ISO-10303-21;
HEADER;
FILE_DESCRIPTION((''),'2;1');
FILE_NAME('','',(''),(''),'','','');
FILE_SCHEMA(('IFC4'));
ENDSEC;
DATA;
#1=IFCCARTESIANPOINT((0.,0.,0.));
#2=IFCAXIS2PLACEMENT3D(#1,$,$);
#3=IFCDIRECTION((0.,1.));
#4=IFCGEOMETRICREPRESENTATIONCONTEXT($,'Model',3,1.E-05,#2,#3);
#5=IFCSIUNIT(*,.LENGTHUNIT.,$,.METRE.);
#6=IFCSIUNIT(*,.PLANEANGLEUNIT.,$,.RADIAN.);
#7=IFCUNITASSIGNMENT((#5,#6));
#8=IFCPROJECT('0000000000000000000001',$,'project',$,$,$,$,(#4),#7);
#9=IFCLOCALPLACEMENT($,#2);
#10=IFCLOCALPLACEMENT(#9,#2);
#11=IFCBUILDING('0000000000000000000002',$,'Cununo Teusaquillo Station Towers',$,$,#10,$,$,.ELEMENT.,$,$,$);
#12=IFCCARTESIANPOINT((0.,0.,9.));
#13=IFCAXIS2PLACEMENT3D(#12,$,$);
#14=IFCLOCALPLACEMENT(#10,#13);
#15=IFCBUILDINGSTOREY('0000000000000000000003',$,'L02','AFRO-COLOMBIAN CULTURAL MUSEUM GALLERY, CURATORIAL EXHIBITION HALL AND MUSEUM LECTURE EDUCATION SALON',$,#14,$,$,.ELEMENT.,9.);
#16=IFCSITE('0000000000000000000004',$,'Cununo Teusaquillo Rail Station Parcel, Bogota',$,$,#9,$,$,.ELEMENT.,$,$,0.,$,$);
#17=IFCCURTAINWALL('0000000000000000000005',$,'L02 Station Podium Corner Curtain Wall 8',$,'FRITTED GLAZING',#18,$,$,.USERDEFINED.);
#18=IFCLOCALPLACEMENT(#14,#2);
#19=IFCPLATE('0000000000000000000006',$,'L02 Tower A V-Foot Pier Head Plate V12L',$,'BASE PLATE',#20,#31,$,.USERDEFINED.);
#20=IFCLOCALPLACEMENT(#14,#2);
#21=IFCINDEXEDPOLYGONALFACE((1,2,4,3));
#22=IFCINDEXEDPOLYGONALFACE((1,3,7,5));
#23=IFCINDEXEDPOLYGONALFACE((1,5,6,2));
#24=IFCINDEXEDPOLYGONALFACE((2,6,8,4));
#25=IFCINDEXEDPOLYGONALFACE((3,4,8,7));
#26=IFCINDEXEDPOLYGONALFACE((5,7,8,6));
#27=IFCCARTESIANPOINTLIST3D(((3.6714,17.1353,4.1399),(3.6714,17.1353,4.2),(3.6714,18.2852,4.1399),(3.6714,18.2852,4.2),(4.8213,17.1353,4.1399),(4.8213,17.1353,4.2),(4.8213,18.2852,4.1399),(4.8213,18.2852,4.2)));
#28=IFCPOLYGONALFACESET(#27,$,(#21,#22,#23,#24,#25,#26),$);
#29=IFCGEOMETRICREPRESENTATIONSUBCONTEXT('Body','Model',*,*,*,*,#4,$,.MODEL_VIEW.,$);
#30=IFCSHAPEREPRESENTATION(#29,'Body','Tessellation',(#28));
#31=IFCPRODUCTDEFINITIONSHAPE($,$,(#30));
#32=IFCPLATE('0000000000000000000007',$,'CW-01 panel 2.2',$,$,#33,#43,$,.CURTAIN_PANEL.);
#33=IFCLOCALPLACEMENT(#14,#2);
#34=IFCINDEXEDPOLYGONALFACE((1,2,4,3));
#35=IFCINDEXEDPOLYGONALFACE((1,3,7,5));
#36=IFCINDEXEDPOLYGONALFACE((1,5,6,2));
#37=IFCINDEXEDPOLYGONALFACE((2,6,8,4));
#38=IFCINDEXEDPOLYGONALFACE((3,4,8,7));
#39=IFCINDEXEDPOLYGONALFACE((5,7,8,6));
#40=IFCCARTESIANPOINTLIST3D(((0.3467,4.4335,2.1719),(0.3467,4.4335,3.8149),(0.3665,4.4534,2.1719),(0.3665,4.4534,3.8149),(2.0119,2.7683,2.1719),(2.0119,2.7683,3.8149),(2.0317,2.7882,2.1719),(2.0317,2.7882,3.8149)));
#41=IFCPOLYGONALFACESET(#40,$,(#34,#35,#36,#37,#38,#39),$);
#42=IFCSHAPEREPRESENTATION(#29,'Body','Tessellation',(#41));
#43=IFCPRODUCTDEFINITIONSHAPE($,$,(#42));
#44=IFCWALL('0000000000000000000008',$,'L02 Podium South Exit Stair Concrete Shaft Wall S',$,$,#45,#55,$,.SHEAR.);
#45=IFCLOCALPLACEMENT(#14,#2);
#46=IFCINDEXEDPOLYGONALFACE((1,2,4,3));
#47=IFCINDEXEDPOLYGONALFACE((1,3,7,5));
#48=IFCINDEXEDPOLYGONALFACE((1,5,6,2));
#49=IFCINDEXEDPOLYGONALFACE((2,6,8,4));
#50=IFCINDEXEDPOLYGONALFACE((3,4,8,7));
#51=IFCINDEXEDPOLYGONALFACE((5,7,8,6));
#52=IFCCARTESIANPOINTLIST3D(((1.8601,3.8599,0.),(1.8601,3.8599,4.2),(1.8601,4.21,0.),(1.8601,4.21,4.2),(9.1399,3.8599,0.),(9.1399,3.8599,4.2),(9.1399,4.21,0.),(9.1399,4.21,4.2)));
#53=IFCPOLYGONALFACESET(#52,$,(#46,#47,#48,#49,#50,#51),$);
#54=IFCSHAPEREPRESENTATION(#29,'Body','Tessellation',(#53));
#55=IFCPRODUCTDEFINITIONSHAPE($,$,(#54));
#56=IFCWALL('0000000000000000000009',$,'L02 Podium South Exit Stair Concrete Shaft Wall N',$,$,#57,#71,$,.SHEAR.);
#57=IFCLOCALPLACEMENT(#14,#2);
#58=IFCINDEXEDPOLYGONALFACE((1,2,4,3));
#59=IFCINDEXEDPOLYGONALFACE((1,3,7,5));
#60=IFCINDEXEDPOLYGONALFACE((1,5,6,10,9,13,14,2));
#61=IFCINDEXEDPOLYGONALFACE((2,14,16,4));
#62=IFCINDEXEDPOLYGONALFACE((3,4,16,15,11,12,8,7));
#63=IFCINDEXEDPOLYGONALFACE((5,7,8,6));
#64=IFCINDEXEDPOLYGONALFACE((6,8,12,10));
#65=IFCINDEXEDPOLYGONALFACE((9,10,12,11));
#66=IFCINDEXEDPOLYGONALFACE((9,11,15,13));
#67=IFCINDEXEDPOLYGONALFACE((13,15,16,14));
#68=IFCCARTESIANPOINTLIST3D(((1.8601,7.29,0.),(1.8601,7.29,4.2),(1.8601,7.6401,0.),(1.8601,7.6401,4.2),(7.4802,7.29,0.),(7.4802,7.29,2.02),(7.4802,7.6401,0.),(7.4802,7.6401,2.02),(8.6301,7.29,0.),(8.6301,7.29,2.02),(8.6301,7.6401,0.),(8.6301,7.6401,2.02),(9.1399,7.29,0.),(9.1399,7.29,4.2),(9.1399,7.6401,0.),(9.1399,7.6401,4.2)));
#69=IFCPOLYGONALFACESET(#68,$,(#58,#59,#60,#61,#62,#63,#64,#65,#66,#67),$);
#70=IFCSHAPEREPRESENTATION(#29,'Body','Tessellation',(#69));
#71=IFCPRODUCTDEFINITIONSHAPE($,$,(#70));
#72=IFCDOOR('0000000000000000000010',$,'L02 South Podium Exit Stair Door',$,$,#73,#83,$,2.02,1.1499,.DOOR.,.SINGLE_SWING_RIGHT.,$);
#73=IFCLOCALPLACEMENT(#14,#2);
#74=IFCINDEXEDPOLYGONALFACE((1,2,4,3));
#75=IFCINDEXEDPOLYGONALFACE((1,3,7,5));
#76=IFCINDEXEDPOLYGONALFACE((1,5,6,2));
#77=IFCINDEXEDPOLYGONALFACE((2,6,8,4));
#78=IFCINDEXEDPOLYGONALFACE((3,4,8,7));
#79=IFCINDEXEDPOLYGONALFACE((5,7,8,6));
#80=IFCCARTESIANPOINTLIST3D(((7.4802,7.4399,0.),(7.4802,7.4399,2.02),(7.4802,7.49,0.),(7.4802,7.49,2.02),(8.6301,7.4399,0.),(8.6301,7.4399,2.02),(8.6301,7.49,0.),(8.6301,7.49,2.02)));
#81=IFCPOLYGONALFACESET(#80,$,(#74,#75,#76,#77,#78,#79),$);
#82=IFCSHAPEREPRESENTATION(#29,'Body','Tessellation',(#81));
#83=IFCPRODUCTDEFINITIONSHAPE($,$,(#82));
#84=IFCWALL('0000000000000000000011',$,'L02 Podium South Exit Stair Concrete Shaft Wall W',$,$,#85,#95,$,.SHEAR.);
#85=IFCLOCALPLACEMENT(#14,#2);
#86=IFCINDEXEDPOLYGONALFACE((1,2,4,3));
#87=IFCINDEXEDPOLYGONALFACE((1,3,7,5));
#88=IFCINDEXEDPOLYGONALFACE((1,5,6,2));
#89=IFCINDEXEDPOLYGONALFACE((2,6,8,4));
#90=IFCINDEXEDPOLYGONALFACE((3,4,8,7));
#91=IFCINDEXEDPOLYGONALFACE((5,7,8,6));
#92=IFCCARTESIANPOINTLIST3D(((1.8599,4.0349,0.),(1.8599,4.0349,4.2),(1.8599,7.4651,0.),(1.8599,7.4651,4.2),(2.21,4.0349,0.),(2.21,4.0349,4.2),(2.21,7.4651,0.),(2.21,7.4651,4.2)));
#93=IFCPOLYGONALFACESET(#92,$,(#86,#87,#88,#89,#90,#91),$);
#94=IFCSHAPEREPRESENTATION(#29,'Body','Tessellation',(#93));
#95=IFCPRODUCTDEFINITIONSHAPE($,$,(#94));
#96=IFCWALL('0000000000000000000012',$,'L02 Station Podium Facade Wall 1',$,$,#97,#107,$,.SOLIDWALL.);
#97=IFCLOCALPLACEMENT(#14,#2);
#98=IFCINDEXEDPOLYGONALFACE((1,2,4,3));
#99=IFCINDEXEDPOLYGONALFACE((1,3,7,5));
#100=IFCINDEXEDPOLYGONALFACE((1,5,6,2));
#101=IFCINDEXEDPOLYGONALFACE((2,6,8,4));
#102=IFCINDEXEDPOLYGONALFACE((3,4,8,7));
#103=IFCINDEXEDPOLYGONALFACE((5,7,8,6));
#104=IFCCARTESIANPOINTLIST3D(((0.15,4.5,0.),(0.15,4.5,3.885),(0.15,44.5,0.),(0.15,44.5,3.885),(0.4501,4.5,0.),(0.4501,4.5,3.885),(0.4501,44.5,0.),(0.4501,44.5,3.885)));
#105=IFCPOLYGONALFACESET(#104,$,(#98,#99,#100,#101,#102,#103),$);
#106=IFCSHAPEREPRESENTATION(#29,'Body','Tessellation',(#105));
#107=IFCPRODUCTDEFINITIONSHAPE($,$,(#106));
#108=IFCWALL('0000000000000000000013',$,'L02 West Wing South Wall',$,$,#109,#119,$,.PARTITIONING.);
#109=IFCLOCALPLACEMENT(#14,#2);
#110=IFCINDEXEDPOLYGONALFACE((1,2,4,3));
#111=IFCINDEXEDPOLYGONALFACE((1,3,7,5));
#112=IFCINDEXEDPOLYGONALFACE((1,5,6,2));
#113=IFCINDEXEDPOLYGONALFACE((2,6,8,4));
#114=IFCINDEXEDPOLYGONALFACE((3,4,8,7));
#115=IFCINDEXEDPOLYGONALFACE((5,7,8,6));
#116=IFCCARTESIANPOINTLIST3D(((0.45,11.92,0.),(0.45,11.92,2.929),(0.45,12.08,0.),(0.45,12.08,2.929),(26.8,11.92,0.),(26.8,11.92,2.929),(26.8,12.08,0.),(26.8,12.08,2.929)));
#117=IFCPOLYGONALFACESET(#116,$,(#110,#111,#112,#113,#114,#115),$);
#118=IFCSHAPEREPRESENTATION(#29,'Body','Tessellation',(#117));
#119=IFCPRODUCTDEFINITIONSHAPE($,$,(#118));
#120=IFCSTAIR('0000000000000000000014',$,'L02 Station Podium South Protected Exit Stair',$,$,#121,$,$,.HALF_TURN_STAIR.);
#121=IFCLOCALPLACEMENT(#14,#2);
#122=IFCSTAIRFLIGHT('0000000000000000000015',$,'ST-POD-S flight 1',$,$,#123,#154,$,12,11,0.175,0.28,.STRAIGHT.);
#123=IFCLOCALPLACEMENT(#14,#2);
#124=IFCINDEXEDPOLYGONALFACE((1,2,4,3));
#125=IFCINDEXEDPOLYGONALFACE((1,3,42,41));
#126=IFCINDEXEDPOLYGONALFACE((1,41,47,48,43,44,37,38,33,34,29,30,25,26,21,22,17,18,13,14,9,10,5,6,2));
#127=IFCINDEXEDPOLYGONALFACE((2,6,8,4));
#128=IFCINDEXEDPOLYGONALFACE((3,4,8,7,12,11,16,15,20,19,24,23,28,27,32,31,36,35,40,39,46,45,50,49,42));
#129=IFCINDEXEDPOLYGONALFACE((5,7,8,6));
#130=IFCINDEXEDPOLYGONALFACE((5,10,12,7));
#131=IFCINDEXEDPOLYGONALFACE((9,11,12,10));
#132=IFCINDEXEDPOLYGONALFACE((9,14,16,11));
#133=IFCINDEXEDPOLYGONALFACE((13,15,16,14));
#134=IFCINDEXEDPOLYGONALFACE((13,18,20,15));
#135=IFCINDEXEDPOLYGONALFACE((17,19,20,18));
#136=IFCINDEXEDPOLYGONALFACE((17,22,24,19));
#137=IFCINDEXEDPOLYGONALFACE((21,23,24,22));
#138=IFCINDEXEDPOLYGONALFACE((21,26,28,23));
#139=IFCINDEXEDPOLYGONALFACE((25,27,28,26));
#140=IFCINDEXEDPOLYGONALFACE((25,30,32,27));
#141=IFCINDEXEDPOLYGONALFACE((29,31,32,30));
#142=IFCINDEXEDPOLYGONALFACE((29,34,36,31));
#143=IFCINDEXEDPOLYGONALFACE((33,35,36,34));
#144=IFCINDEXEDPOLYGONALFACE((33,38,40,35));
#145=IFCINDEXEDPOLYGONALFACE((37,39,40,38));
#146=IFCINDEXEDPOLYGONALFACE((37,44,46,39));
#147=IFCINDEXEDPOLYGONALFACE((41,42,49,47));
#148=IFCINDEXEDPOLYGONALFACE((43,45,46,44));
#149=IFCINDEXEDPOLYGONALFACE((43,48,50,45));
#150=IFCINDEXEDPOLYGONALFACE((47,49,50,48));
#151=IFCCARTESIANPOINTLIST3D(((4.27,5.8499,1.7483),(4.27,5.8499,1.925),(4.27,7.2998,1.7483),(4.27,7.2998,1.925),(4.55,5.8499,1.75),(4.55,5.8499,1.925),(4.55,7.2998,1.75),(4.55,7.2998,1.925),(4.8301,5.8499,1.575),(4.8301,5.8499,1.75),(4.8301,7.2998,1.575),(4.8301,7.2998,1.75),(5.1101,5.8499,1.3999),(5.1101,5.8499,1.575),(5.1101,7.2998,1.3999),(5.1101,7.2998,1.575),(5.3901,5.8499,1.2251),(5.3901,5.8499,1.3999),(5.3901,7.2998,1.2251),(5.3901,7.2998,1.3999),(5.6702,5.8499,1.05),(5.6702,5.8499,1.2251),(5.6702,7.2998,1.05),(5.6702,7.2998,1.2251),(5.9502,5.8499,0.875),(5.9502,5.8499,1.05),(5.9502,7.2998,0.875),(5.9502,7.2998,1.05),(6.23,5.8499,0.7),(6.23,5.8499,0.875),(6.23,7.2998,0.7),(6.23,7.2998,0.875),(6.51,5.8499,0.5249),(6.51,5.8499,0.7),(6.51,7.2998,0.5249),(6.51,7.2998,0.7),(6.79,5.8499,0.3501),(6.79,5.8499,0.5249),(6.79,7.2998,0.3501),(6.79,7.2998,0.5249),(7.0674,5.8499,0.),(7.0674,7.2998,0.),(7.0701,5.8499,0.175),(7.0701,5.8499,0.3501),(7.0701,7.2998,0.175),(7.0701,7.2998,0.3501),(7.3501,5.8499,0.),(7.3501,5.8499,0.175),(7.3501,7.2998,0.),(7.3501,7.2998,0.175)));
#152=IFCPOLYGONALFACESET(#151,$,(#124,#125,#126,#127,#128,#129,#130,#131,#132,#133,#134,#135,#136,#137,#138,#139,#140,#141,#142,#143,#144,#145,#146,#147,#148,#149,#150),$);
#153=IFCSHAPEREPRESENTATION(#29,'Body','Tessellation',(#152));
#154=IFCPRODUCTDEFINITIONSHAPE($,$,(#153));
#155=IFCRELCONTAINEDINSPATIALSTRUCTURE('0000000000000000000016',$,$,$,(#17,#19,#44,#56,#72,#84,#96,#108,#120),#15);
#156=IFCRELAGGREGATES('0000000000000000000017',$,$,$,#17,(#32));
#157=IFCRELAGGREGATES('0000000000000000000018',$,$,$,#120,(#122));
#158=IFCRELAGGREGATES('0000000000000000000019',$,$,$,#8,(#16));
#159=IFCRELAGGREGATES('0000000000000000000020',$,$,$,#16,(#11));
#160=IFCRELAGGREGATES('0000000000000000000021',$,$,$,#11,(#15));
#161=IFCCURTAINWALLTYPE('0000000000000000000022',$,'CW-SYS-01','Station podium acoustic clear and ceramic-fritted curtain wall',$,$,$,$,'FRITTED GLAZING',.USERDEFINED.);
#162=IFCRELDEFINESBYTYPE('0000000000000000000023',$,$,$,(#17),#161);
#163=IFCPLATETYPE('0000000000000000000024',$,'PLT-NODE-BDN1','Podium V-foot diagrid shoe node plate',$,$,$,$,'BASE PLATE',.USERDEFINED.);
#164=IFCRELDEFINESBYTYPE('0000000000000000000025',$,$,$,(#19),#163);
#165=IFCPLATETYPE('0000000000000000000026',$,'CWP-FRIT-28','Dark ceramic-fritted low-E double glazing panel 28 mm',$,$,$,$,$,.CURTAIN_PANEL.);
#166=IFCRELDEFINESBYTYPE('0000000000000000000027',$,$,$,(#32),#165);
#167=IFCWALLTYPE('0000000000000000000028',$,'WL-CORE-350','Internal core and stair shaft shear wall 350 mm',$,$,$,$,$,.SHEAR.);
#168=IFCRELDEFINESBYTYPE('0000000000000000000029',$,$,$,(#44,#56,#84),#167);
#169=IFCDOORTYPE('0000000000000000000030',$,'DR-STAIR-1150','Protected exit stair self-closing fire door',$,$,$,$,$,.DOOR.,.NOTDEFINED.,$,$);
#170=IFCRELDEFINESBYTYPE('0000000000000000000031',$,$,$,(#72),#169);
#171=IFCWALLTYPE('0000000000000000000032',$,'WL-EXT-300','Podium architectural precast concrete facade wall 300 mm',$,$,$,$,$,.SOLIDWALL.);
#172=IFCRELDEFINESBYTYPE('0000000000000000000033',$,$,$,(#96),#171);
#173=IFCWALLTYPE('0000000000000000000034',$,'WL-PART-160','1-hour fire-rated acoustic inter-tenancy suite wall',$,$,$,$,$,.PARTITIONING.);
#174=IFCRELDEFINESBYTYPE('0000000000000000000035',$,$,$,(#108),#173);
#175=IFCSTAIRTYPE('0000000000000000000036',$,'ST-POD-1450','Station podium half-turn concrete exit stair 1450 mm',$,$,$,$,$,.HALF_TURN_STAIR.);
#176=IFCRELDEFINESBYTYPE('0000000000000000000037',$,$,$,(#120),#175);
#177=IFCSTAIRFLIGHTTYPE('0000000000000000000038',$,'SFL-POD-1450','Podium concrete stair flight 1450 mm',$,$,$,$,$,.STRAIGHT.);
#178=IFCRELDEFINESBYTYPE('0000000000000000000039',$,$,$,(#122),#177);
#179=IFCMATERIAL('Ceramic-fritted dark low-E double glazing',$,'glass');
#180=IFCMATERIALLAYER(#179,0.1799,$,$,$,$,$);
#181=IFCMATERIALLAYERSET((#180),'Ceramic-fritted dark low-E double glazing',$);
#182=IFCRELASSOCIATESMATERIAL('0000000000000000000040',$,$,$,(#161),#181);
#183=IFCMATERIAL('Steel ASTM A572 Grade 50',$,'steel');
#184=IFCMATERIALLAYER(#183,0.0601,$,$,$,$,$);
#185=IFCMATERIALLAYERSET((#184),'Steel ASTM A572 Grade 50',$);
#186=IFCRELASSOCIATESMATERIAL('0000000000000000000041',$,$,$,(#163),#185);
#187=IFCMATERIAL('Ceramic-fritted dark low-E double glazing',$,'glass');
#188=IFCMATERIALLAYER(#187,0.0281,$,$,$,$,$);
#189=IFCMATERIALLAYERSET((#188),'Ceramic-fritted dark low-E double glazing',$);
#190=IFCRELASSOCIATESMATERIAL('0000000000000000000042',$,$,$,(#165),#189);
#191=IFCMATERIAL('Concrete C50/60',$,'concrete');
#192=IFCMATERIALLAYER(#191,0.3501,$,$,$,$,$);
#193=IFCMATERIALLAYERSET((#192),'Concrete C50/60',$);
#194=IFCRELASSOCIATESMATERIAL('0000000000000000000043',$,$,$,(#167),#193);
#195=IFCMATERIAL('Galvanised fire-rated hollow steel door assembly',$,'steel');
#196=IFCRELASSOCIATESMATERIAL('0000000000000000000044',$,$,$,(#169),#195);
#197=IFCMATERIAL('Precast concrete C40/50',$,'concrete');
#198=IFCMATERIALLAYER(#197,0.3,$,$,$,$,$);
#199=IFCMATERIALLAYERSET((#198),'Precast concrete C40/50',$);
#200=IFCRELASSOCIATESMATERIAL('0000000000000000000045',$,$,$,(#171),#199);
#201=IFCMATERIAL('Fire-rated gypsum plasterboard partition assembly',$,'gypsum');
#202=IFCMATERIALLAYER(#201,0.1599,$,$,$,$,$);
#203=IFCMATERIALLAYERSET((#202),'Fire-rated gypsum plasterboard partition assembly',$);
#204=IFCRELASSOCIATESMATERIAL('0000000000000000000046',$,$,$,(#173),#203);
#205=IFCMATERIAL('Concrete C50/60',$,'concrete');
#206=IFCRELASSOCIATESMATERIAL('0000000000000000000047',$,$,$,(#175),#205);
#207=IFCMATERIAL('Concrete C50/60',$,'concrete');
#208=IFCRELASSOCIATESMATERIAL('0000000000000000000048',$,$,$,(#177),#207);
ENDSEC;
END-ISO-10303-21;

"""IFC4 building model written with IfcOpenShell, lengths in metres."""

from ifc_helpers import new_model, si_unit, direction, frame, frame_2d, origin, origin_2d, place, context, subcontext, project, spatial, polyline, rectangle, outline, extrude, source, transform, mapped, material, layer, layer_set, type_object, element, fill, aggregate, save


model = new_model("IFC4")

# Units and contexts
model_context = context("Model", 3, precision=1e-05, world=origin(), true_north=direction((0.0, 1.0)))
body_context = subcontext(model_context, "Body", "Model", "MODEL_VIEW")
ifc_project = project(units=[si_unit("LENGTHUNIT", "METRE"), si_unit("PLANEANGLEUNIT", "RADIAN")], contexts=[model_context])

# Site, building, storey
site_placement = place(None, origin())
site = spatial("IfcSite", under=ifc_project, at=site_placement, Name="Cununo Teusaquillo Rail Station Parcel, Bogota", CompositionType="ELEMENT", RefElevation=0.0)
building_placement = place(site_placement, origin())
building = spatial("IfcBuilding", under=site, at=building_placement, Name="Cununo Teusaquillo Station Towers", CompositionType="ELEMENT")
storey_placement = place(building_placement, frame((0.0, 0.0, 9.0)))
storey = spatial("IfcBuildingStorey", under=building, at=storey_placement, Name="L02", Description="AFRO-COLOMBIAN CULTURAL MUSEUM GALLERY, CURATORIAL EXHIBITION HALL AND MUSEUM LECTURE EDUCATION SALON", CompositionType="ELEMENT", Elevation=9.0)

# Curtain wall
ifc_material_1 = material(Name="Ceramic-fritted dark low-E double glazing", Category="glass")
ifc_layer_1 = layer(ifc_material_1, 0.1799)
ifc_layer_set_1 = layer_set([ifc_layer_1], Name="Ceramic-fritted dark low-E double glazing")
curtain_wall_type = type_object("IfcCurtainWallType", Name="CW-SYS-01", Description="Station podium acoustic clear and ceramic-fritted curtain wall", ElementType="FRITTED GLAZING", PredefinedType="USERDEFINED", material=ifc_layer_set_1)
curtain_wall_placement = place(storey_placement, origin())
curtain_wall = element("IfcCurtainWall", 1, at=curtain_wall_placement, inside=storey, type_object=curtain_wall_type, Name="L02 Station Podium Corner Curtain Wall 8", ObjectType="FRITTED GLAZING", PredefinedType="USERDEFINED")

# Plate
ifc_material_2 = material(Name="Steel ASTM A572 Grade 50", Category="steel")
ifc_layer_2 = layer(ifc_material_2, 0.0601)
ifc_layer_set_2 = layer_set([ifc_layer_2], Name="Steel ASTM A572 Grade 50")
plate_type_1 = type_object("IfcPlateType", Name="PLT-NODE-BDN1", Description="Podium V-foot diagrid shoe node plate", ElementType="BASE PLATE", PredefinedType="USERDEFINED", material=ifc_layer_set_2)
shared_shape_1 = source(origin(), body_context, "Body", "SweptSolid", [
    extrude(rectangle(XDim=1.1499, YDim=1.1499, at=origin_2d()), origin(), (0.0, 0.0, 1.0), 0.0601),
])
for number, where, z_axis, x_axis, name in (
    (2, (4.2463, 17.7102, 4.1399), (0.0, 0.0, 1.0), (1.0, 0.0, 0.0), "L02 Tower A V-Foot Pier Head Plate V12L"),
):
    element("IfcPlate", number, at=place(storey_placement, frame(where, z_axis=z_axis, x_axis=x_axis)), inside=storey, type_object=plate_type_1, Name=name, ObjectType="BASE PLATE", PredefinedType="USERDEFINED", context=body_context, shape_type="MappedRepresentation", body=[
        mapped(shared_shape_1, transform((0.0, 0.0, 0.0), x_axis=(1.0, 0.0, 0.0), y_axis=(0.0, 1.0, 0.0), z_axis=(0.0, 0.0, 1.0), scale=1.0)),
    ])

# Plate
ifc_material_3 = material(Name="Ceramic-fritted dark low-E double glazing", Category="glass")
ifc_layer_3 = layer(ifc_material_3, 0.0281)
ifc_layer_set_3 = layer_set([ifc_layer_3], Name="Ceramic-fritted dark low-E double glazing")
plate_type_2 = type_object("IfcPlateType", Name="CWP-FRIT-28", Description="Dark ceramic-fritted low-E double glazing panel 28 mm", PredefinedType="CURTAIN_PANEL", material=ifc_layer_set_3)
shared_shape_2 = source(origin(), body_context, "Body", "SweptSolid", [
    extrude(rectangle(XDim=2.355, YDim=0.0281, at=origin_2d()), origin(), (0.0, 0.0, 1.0), 1.6431),
])
plate_placement = place(storey_placement, frame((1.1892, 3.6108, 2.1719), z_axis=(0.0, 0.0, 1.0), x_axis=(-0.707107, 0.707107, 0.0)))
plate = element("IfcPlate", 3, at=plate_placement, type_object=plate_type_2, Name="CW-01 panel 2.2", PredefinedType="CURTAIN_PANEL", context=body_context, shape_type="MappedRepresentation", body=[
    mapped(shared_shape_2, transform((0.0, 0.0, 0.0), x_axis=(1.0, 0.0, 0.0), y_axis=(0.0, 1.0, 0.0), z_axis=(0.0, 0.0, 1.0), scale=1.0)),
])
aggregate(curtain_wall, [plate])

# Wall
ifc_material_4 = material(Name="Concrete C50/60", Category="concrete")
ifc_layer_4 = layer(ifc_material_4, 0.3501)
ifc_layer_set_4 = layer_set([ifc_layer_4], Name="Concrete C50/60")
wall_type_1 = type_object("IfcWallType", Name="WL-CORE-350", Description="Internal core and stair shaft shear wall 350 mm", PredefinedType="SHEAR", material=ifc_layer_set_4)
wall_1_placement = place(storey_placement, frame((1.8601, 4.0349, 0.0), z_axis=(0.0, 0.0, 1.0), x_axis=(1.0, 0.0, 0.0)))
element("IfcWall", 4, at=wall_1_placement, inside=storey, type_object=wall_type_1, Name="L02 Podium South Exit Stair Concrete Shaft Wall S", PredefinedType="SHEAR", context=body_context, shape_type="SweptSolid", body=[
    extrude(rectangle(XDim=7.2798, YDim=0.3501, at=frame_2d((3.6399, 0.0))), origin(), (0.0, 0.0, 1.0), 4.2),
])

# Wall, opening, door
wall_2_placement = place(storey_placement, frame((1.8601, 7.4651, 0.0), z_axis=(0.0, 0.0, 1.0), x_axis=(1.0, 0.0, 0.0)))
wall_2 = element("IfcWall", 5, at=wall_2_placement, inside=storey, type_object=wall_type_1, Name="L02 Podium South Exit Stair Concrete Shaft Wall N", PredefinedType="SHEAR", context=body_context, shape_type="SweptSolid", body=[
    extrude(rectangle(XDim=7.2798, YDim=0.3501, at=frame_2d((3.6399, 0.0))), origin(), (0.0, 0.0, 1.0), 4.2),
])
shared_shape_3 = source(origin(), body_context, "Body", "SweptSolid", [
    extrude(rectangle(XDim=1.1499, YDim=2.02, at=frame_2d((0.575, 1.01))), frame((0.0, 0.1851, 0.0), z_axis=(0.0, -1.0, 0.0), x_axis=(1.0, 0.0, 0.0)), (0.0, 0.0, 1.0), 0.3701),
])
opening_placement = place(wall_2_placement, frame((5.6201, 0.0, 0.0)))
opening = element("IfcOpeningElement", 6, at=opening_placement, cuts=wall_2, PredefinedType="OPENING", context=body_context, shape_type="MappedRepresentation", body=[
    mapped(shared_shape_3, transform((0.0, 0.0, 0.0), x_axis=(1.0, 0.0, 0.0), y_axis=(0.0, 1.0, 0.0), z_axis=(0.0, 0.0, 1.0), scale=1.0)),
])
ifc_material_5 = material(Name="Galvanised fire-rated hollow steel door assembly", Category="steel")
door_type = type_object("IfcDoorType", Name="DR-STAIR-1150", Description="Protected exit stair self-closing fire door", OperationType="NOTDEFINED", PredefinedType="DOOR", material=ifc_material_5)
shared_shape_4 = source(origin(), body_context, "Body", "SweptSolid", [
    extrude(rectangle(XDim=1.1499, YDim=2.02, at=frame_2d((0.575, 1.01))), frame((0.0, 0.0249, 0.0), z_axis=(0.0, -1.0, 0.0), x_axis=(1.0, 0.0, 0.0)), (0.0, 0.0, 1.0), 0.05),
])
door_placement = place(opening_placement, origin())
door = element("IfcDoor", 7, at=door_placement, inside=storey, type_object=door_type, Name="L02 South Podium Exit Stair Door", OperationType="SINGLE_SWING_RIGHT", OverallHeight=2.02, OverallWidth=1.1499, PredefinedType="DOOR", context=body_context, shape_type="MappedRepresentation", body=[
    mapped(shared_shape_4, transform((0.0, 0.0, 0.0), x_axis=(1.0, 0.0, 0.0), y_axis=(0.0, 1.0, 0.0), z_axis=(0.0, 0.0, 1.0), scale=1.0)),
])
fill(opening, door)

# Walls
wall_3_placement = place(storey_placement, frame((2.0349, 4.0349, 0.0), z_axis=(0.0, 0.0, 1.0), x_axis=(0.0, 1.0, 0.0)))
element("IfcWall", 8, at=wall_3_placement, inside=storey, type_object=wall_type_1, Name="L02 Podium South Exit Stair Concrete Shaft Wall W", PredefinedType="SHEAR", context=body_context, shape_type="SweptSolid", body=[
    extrude(rectangle(XDim=3.4302, YDim=0.3501, at=frame_2d((1.7151, 0.0))), origin(), (0.0, 0.0, 1.0), 4.2),
])
ifc_material_6 = material(Name="Precast concrete C40/50", Category="concrete")
ifc_layer_5 = layer(ifc_material_6, 0.3)
ifc_layer_set_5 = layer_set([ifc_layer_5], Name="Precast concrete C40/50")
wall_type_2 = type_object("IfcWallType", Name="WL-EXT-300", Description="Podium architectural precast concrete facade wall 300 mm", PredefinedType="SOLIDWALL", material=ifc_layer_set_5)
wall_4_placement = place(storey_placement, frame((0.3, 4.5, 0.0), z_axis=(0.0, 0.0, 1.0), x_axis=(0.0, 1.0, 0.0)))
element("IfcWall", 9, at=wall_4_placement, inside=storey, type_object=wall_type_2, Name="L02 Station Podium Facade Wall 1", PredefinedType="SOLIDWALL", context=body_context, shape_type="SweptSolid", body=[
    extrude(rectangle(XDim=40.0, YDim=0.3, at=frame_2d((20.0, 0.0))), origin(), (0.0, 0.0, 1.0), 3.885),
])
ifc_material_7 = material(Name="Fire-rated gypsum plasterboard partition assembly", Category="gypsum")
ifc_layer_6 = layer(ifc_material_7, 0.1599)
ifc_layer_set_6 = layer_set([ifc_layer_6], Name="Fire-rated gypsum plasterboard partition assembly")
wall_type_3 = type_object("IfcWallType", Name="WL-PART-160", Description="1-hour fire-rated acoustic inter-tenancy suite wall", PredefinedType="PARTITIONING", material=ifc_layer_set_6)
wall_5_placement = place(storey_placement, frame((0.45, 12.0, 0.0), z_axis=(0.0, 0.0, 1.0), x_axis=(1.0, 0.0, 0.0)))
element("IfcWall", 10, at=wall_5_placement, inside=storey, type_object=wall_type_3, Name="L02 West Wing South Wall", PredefinedType="PARTITIONING", context=body_context, shape_type="SweptSolid", body=[
    extrude(rectangle(XDim=26.3501, YDim=0.1599, at=frame_2d((13.175, 0.0))), origin(), (0.0, 0.0, 1.0), 2.929),
])

# Stair, stair flight
ifc_material_8 = material(Name="Concrete C50/60", Category="concrete")
stair_type = type_object("IfcStairType", Name="ST-POD-1450", Description="Station podium half-turn concrete exit stair 1450 mm", PredefinedType="HALF_TURN_STAIR", material=ifc_material_8)
stair_placement = place(storey_placement, origin())
stair = element("IfcStair", 11, at=stair_placement, inside=storey, type_object=stair_type, Name="L02 Station Podium South Protected Exit Stair", PredefinedType="HALF_TURN_STAIR")
ifc_material_9 = material(Name="Concrete C50/60", Category="concrete")
stair_flight_type = type_object("IfcStairFlightType", Name="SFL-POD-1450", Description="Podium concrete stair flight 1450 mm", PredefinedType="STRAIGHT", material=ifc_material_9)
stair_flight_1_placement = place(storey_placement, frame((7.3501, 6.575, 0.0), z_axis=(0.0, 0.0, 1.0), x_axis=(-1.0, 0.0, 0.0)))
stair_flight_1 = element("IfcStairFlight", 12, at=stair_flight_1_placement, type_object=stair_flight_type, Name="ST-POD-S flight 1", NumberOfRisers=12, NumberOfTreads=11, PredefinedType="STRAIGHT", RiserHeight=0.175, TreadLength=0.28, context=body_context, shape_type="SweptSolid", body=[
    extrude(outline(polyline([(0.0, 0.0), (0.0, 0.175), (0.28, 0.175), (0.28, 0.3501), (0.5601, 0.3501), (0.5601, 0.5249), (0.8401, 0.5249), (0.8401, 0.7), (1.1201, 0.7), (1.1201, 0.875), (1.3999, 0.875), (1.3999, 1.05), (1.6799, 1.05), (1.6799, 1.2251), (1.96, 1.2251), (1.96, 1.3999), (2.24, 1.3999), (2.24, 1.575), (2.52, 1.575), (2.52, 1.75), (2.8, 1.75), (2.8, 1.925), (3.0801, 1.925), (3.0801, 2.1001), (3.0801, 1.7483), (0.2827, 0.0), (0.0, 0.0)])), frame((0.0, 0.7251, 0.0), z_axis=(0.0, -1.0, 0.0), x_axis=(1.0, 0.0, 0.0)), (0.0, 0.0, 1.0), 1.45),
])
aggregate(stair, [stair_flight_1])

save(model, "model.ifc")
